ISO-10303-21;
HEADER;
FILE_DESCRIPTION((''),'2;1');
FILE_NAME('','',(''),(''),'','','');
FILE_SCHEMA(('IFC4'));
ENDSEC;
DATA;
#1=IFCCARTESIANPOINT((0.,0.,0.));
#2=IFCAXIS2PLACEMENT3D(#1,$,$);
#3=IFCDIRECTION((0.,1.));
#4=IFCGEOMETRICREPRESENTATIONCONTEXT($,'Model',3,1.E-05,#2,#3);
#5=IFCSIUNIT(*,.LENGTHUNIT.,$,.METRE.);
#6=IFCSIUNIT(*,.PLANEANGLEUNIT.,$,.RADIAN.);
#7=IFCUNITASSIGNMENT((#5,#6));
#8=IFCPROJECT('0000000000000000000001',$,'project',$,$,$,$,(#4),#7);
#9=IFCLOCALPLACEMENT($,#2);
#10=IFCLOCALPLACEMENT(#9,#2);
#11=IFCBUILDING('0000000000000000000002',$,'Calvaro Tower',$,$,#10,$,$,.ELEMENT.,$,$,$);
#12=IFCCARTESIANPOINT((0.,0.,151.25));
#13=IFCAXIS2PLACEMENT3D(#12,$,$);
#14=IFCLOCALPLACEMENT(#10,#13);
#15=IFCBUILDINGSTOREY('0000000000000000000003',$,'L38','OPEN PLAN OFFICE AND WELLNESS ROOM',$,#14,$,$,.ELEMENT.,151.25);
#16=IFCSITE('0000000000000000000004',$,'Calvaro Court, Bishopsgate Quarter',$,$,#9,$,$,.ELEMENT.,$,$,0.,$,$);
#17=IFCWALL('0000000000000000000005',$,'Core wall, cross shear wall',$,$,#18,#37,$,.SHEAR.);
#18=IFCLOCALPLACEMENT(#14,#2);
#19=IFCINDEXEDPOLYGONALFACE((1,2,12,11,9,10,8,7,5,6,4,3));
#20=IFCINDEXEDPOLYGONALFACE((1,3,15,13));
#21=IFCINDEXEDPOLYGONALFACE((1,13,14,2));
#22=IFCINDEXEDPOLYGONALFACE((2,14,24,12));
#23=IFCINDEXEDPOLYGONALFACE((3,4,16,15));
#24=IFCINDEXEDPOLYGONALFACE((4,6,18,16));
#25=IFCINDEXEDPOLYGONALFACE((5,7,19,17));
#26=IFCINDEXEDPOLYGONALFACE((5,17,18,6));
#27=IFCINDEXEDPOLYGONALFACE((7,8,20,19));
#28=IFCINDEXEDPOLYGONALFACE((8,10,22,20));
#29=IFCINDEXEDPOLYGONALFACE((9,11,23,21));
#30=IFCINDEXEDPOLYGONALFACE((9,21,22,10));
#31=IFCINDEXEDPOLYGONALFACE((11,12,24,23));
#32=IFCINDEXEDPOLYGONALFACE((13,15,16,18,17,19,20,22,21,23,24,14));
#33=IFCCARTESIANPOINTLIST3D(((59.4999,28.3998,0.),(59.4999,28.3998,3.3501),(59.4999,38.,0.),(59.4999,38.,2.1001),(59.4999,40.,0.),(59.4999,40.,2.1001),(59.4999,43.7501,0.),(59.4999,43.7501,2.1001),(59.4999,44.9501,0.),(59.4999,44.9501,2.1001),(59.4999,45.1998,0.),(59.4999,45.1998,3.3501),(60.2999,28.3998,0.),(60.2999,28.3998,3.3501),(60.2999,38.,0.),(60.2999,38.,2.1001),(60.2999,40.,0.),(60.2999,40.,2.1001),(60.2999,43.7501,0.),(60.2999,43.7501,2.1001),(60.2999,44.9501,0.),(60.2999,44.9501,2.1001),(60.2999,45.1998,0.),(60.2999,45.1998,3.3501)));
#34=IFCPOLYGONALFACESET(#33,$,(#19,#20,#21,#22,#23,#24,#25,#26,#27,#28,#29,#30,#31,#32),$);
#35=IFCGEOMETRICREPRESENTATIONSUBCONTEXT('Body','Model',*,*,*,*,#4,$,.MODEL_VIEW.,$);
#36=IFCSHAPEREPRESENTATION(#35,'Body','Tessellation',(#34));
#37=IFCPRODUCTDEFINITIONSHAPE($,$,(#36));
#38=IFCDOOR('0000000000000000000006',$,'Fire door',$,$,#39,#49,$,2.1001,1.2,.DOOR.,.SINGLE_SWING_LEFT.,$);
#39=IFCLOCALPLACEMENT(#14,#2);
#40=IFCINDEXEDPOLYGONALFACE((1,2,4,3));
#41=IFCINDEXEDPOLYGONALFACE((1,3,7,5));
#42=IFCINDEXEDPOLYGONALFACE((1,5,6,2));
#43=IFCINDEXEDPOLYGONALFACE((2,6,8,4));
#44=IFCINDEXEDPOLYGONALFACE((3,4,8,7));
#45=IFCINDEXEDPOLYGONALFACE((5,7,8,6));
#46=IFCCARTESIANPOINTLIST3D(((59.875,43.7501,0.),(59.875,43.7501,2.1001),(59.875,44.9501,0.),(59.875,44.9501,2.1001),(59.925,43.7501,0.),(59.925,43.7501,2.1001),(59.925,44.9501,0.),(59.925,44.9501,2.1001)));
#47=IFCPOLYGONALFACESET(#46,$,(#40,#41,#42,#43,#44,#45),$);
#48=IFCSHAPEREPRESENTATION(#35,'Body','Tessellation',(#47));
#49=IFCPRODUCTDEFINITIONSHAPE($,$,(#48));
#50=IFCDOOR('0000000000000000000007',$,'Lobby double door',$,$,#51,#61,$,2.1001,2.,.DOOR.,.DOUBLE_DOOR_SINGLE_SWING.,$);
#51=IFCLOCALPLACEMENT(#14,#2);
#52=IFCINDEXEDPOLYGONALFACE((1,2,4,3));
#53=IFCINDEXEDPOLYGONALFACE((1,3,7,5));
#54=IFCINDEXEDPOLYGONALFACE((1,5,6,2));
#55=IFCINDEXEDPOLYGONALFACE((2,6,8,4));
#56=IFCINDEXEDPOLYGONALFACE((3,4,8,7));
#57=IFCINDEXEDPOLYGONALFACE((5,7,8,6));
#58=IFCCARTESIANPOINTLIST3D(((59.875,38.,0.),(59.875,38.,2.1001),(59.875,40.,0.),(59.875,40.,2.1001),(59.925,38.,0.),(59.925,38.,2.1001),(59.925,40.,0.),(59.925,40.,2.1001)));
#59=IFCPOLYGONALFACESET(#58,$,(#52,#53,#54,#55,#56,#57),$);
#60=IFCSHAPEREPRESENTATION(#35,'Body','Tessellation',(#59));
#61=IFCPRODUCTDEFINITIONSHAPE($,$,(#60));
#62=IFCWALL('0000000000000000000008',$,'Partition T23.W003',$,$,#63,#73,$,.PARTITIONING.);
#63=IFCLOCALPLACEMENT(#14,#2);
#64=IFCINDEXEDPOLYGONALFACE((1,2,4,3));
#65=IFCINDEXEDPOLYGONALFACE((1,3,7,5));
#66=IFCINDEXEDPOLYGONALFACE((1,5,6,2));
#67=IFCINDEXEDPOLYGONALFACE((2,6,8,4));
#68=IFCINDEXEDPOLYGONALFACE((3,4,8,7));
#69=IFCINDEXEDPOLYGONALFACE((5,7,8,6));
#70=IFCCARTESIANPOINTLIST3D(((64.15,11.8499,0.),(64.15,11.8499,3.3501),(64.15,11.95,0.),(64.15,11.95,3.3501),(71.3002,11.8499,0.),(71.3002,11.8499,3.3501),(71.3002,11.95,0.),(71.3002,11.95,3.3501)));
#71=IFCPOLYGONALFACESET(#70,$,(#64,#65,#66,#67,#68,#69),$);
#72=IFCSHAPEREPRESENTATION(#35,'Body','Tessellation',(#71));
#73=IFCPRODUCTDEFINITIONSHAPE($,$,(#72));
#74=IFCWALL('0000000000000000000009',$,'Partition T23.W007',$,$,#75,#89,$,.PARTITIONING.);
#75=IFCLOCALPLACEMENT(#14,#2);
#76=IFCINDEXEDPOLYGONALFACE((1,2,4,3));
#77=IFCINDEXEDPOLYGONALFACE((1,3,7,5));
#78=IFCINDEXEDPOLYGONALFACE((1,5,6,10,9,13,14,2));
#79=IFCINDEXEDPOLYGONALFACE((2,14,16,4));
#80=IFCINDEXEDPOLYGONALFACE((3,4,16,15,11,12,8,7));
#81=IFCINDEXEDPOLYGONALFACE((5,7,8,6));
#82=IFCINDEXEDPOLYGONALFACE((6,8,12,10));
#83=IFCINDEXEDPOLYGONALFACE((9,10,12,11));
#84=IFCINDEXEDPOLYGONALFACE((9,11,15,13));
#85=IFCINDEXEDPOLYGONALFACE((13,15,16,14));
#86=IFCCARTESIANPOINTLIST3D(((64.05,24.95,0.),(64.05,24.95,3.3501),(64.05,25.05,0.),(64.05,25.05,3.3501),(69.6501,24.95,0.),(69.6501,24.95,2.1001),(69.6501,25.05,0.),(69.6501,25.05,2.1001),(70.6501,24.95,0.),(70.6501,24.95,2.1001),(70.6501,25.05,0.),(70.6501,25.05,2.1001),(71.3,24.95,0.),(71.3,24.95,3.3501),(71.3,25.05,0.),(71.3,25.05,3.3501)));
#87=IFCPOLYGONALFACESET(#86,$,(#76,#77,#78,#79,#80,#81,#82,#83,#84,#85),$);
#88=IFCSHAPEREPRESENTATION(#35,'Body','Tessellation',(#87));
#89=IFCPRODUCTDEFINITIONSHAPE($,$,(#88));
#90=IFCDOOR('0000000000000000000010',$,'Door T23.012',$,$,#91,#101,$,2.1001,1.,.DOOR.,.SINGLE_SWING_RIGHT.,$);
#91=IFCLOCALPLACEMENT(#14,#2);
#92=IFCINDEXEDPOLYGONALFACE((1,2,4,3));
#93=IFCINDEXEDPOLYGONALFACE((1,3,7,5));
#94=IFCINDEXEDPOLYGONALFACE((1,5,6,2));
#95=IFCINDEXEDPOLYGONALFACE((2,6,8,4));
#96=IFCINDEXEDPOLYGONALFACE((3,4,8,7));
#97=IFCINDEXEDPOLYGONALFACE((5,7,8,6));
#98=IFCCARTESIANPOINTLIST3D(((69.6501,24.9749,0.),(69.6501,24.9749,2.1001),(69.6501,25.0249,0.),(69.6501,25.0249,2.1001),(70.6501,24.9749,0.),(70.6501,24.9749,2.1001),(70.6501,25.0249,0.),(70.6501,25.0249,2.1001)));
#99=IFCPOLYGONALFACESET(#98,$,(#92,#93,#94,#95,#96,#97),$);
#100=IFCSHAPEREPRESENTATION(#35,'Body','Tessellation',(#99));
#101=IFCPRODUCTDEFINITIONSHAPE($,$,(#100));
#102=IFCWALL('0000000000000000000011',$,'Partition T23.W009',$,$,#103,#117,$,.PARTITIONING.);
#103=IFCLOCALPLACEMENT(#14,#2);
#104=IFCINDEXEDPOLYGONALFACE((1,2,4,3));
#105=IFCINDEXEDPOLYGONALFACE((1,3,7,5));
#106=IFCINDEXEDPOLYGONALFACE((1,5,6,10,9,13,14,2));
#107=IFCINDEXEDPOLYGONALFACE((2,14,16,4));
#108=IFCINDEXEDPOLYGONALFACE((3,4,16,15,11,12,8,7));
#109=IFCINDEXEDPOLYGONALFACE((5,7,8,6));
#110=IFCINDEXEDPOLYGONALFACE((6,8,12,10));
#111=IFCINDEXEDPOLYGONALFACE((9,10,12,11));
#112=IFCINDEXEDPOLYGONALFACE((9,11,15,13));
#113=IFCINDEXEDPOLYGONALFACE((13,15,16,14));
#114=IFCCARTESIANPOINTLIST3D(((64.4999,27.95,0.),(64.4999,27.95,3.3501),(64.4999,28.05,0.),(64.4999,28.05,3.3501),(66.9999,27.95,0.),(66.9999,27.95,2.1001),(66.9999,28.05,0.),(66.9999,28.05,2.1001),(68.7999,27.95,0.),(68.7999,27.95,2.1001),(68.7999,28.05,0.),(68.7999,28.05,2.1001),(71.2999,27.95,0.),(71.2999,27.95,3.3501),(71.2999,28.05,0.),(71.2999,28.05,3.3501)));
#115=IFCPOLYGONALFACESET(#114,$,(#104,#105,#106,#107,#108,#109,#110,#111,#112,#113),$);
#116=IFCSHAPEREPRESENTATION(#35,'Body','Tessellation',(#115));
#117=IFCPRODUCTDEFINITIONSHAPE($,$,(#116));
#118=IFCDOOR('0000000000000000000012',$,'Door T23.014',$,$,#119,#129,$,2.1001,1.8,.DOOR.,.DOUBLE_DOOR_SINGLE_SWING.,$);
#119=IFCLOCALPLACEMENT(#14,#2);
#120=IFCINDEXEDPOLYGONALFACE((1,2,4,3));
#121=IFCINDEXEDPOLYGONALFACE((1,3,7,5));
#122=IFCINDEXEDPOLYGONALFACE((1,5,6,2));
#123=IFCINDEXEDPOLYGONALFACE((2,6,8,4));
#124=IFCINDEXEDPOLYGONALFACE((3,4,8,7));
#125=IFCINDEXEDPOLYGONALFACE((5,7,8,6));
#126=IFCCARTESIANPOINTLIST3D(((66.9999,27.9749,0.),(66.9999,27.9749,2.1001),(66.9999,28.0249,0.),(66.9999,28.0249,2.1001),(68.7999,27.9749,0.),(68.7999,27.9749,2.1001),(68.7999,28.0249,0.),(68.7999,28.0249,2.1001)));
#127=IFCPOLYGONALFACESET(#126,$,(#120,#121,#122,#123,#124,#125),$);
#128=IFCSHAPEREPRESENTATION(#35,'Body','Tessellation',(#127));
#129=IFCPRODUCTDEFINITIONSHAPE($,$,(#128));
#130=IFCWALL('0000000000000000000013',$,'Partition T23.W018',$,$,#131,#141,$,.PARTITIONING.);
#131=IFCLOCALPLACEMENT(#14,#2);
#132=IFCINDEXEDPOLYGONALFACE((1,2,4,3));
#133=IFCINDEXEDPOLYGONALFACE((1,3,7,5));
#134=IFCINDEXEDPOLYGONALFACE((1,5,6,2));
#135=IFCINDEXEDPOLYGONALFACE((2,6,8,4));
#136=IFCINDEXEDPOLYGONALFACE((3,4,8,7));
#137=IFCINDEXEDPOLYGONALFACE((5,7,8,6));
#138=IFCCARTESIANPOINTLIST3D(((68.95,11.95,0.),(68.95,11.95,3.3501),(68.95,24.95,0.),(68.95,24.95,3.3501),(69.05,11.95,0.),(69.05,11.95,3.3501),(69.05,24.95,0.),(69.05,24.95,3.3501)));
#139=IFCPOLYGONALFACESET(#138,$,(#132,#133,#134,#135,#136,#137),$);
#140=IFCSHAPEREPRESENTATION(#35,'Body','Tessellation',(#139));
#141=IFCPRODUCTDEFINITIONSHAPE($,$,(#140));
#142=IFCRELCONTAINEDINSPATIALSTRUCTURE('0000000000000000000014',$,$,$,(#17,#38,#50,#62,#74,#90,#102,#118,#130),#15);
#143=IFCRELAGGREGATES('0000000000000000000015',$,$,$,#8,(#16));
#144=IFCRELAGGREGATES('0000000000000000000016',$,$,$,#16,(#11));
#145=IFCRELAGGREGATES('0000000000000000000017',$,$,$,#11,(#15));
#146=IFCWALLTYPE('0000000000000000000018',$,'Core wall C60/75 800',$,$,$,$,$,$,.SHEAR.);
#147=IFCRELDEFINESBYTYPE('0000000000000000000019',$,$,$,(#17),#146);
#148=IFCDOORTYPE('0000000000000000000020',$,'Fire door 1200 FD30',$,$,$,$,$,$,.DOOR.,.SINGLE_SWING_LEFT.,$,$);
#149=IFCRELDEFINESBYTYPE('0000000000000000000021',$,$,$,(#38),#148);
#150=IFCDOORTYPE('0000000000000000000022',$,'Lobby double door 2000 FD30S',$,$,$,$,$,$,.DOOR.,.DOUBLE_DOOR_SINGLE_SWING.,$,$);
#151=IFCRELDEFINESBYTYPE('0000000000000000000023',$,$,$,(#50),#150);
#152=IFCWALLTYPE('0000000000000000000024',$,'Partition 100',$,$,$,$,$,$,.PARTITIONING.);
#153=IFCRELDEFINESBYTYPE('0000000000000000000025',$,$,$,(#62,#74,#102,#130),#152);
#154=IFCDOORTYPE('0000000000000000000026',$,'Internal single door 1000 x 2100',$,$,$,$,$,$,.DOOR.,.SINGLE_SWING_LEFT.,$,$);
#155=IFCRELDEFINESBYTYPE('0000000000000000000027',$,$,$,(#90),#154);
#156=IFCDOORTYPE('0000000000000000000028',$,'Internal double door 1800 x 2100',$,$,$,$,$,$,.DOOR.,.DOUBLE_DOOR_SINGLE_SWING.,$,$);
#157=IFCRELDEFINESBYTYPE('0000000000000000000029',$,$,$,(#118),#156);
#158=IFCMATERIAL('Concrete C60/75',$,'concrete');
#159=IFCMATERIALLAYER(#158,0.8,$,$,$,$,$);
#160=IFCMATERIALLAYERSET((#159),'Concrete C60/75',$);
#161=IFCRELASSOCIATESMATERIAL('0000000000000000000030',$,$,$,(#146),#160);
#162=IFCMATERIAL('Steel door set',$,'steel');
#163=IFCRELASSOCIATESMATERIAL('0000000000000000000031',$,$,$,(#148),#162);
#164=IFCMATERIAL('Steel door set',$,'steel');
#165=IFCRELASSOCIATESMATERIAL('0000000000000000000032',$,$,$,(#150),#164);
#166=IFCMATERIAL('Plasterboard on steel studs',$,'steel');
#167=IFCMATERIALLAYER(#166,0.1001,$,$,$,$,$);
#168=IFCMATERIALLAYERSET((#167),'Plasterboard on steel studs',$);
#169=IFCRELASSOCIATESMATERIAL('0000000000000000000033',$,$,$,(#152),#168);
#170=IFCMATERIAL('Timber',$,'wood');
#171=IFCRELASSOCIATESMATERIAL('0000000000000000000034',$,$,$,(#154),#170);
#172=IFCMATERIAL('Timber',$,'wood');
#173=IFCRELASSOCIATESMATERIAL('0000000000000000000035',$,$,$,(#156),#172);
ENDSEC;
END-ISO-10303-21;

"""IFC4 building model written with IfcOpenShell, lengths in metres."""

from ifc_helpers import new_model, si_unit, direction, frame, frame_2d, origin, place, context, subcontext, project, spatial, rectangle, extrude, material, layer, layer_set, type_object, element, fill, save


model = new_model("IFC4")

# Units and contexts
model_context = context("Model", 3, precision=1e-05, world=origin(), true_north=direction((0.0, 1.0)))
body_context = subcontext(model_context, "Body", "Model", "MODEL_VIEW")
ifc_project = project(units=[si_unit("LENGTHUNIT", "METRE"), si_unit("PLANEANGLEUNIT", "RADIAN")], contexts=[model_context])

# Site, building, storey
site_placement = place(None, origin())
site = spatial("IfcSite", under=ifc_project, at=site_placement, Name="Calvaro Court, Bishopsgate Quarter", CompositionType="ELEMENT", RefElevation=0.0)
building_placement = place(site_placement, origin())
building = spatial("IfcBuilding", under=site, at=building_placement, Name="Calvaro Tower", CompositionType="ELEMENT")
storey_placement = place(building_placement, frame((0.0, 0.0, 151.25)))
storey = spatial("IfcBuildingStorey", under=building, at=storey_placement, Name="L38", Description="OPEN PLAN OFFICE AND WELLNESS ROOM", CompositionType="ELEMENT", Elevation=151.25)

# Wall, openings, doors
ifc_material_1 = material(Name="Concrete C60/75", Category="concrete")
ifc_layer_1 = layer(ifc_material_1, 0.8)
ifc_layer_set_1 = layer_set([ifc_layer_1], Name="Concrete C60/75")
wall_type_1 = type_object("IfcWallType", Name="Core wall C60/75 800", PredefinedType="SHEAR", material=ifc_layer_set_1)
wall_1_placement = place(storey_placement, frame((59.8999, 28.3999, 0.0), z_axis=(0.0, 0.0, 1.0), x_axis=(0.0, 1.0, 0.0)))
wall_1 = element("IfcWall", 1, at=wall_1_placement, inside=storey, type_object=wall_type_1, Name="Core wall, cross shear wall", PredefinedType="SHEAR", context=body_context, shape_type="SweptSolid", body=[
    extrude(rectangle(XDim=16.8, YDim=0.8, at=frame_2d((8.3999, 0.0))), origin(), (0.0, 0.0, 1.0), 3.3501),
])
opening_1_placement = place(wall_1_placement, frame((9.6001, 0.0, 0.0)))
opening_1 = element("IfcOpeningElement", 2, at=opening_1_placement, cuts=wall_1, PredefinedType="OPENING", context=body_context, shape_type="SweptSolid", body=[
    extrude(rectangle(XDim=2.0, YDim=2.1001, at=frame_2d((1.0, 1.05))), frame((0.0, 0.4099, 0.0), z_axis=(0.0, -1.0, 0.0), x_axis=(1.0, 0.0, 0.0)), (0.0, 0.0, 1.0), 0.8201),
])
opening_2_placement = place(wall_1_placement, frame((15.3501, 0.0, 0.0)))
opening_2 = element("IfcOpeningElement", 3, at=opening_2_placement, cuts=wall_1, PredefinedType="OPENING", context=body_context, shape_type="SweptSolid", body=[
    extrude(rectangle(XDim=1.2, YDim=2.1001, at=frame_2d((0.6001, 1.05))), frame((0.0, 0.4099, 0.0), z_axis=(0.0, -1.0, 0.0), x_axis=(1.0, 0.0, 0.0)), (0.0, 0.0, 1.0), 0.8201),
])
ifc_material_2 = material(Name="Steel door set", Category="steel")
door_type_1 = type_object("IfcDoorType", Name="Fire door 1200 FD30", OperationType="SINGLE_SWING_LEFT", PredefinedType="DOOR", material=ifc_material_2)
door_1_placement = place(opening_2_placement, origin())
door_1 = element("IfcDoor", 4, at=door_1_placement, inside=storey, type_object=door_type_1, Name="Fire door", OperationType="SINGLE_SWING_LEFT", OverallHeight=2.1001, OverallWidth=1.2, PredefinedType="DOOR", context=body_context, shape_type="SweptSolid", body=[
    extrude(rectangle(XDim=1.2, YDim=2.1001, at=frame_2d((0.6001, 1.05))), frame((0.0, 0.0249, 0.0), z_axis=(0.0, -1.0, 0.0), x_axis=(1.0, 0.0, 0.0)), (0.0, 0.0, 1.0), 0.05),
])
fill(opening_2, door_1)
ifc_material_3 = material(Name="Steel door set", Category="steel")
door_type_2 = type_object("IfcDoorType", Name="Lobby double door 2000 FD30S", OperationType="DOUBLE_DOOR_SINGLE_SWING", PredefinedType="DOOR", material=ifc_material_3)
door_2_placement = place(opening_1_placement, origin())
door_2 = element("IfcDoor", 5, at=door_2_placement, inside=storey, type_object=door_type_2, Name="Lobby double door", OperationType="DOUBLE_DOOR_SINGLE_SWING", OverallHeight=2.1001, OverallWidth=2.0, PredefinedType="DOOR", context=body_context, shape_type="SweptSolid", body=[
    extrude(rectangle(XDim=2.0, YDim=2.1001, at=frame_2d((1.0, 1.05))), frame((0.0, 0.0249, 0.0), z_axis=(0.0, -1.0, 0.0), x_axis=(1.0, 0.0, 0.0)), (0.0, 0.0, 1.0), 0.05),
])
fill(opening_1, door_2)

# Wall
ifc_material_4 = material(Name="Plasterboard on steel studs", Category="steel")
ifc_layer_2 = layer(ifc_material_4, 0.1001)
ifc_layer_set_2 = layer_set([ifc_layer_2], Name="Plasterboard on steel studs")
wall_type_2 = type_object("IfcWallType", Name="Partition 100", PredefinedType="PARTITIONING", material=ifc_layer_set_2)
wall_2_placement = place(storey_placement, frame((64.1499, 11.8999, 0.0), z_axis=(0.0, 0.0, 1.0), x_axis=(1.0, 0.0, 0.0)))
element("IfcWall", 6, at=wall_2_placement, inside=storey, type_object=wall_type_2, Name="Partition T23.W003", PredefinedType="PARTITIONING", context=body_context, shape_type="SweptSolid", body=[
    extrude(rectangle(XDim=7.1501, YDim=0.1001, at=frame_2d((3.5752, 0.0))), origin(), (0.0, 0.0, 1.0), 3.3501),
])

# Walls, openings, doors
wall_3_placement = place(storey_placement, frame((64.05, 25.0, 0.0), z_axis=(0.0, 0.0, 1.0), x_axis=(1.0, 0.0, 0.0)))
wall_3 = element("IfcWall", 7, at=wall_3_placement, inside=storey, type_object=wall_type_2, Name="Partition T23.W007", PredefinedType="PARTITIONING", context=body_context, shape_type="SweptSolid", body=[
    extrude(rectangle(XDim=7.25, YDim=0.1001, at=frame_2d((3.625, 0.0))), origin(), (0.0, 0.0, 1.0), 3.3501),
])
opening_3_placement = place(wall_3_placement, frame((5.6001, 0.0, 0.0)))
opening_3 = element("IfcOpeningElement", 8, at=opening_3_placement, cuts=wall_3, PredefinedType="OPENING", context=body_context, shape_type="SweptSolid", body=[
    extrude(rectangle(XDim=1.0, YDim=2.1001, at=frame_2d((0.5, 1.05))), frame((0.0, 0.0601, 0.0), z_axis=(0.0, -1.0, 0.0), x_axis=(1.0, 0.0, 0.0)), (0.0, 0.0, 1.0), 0.1201),
])
ifc_material_5 = material(Name="Timber", Category="wood")
door_type_3 = type_object("IfcDoorType", Name="Internal single door 1000 x 2100", OperationType="SINGLE_SWING_LEFT", PredefinedType="DOOR", material=ifc_material_5)
door_3_placement = place(opening_3_placement, origin())
door_3 = element("IfcDoor", 9, at=door_3_placement, inside=storey, type_object=door_type_3, Name="Door T23.012", OperationType="SINGLE_SWING_RIGHT", OverallHeight=2.1001, OverallWidth=1.0, PredefinedType="DOOR", context=body_context, shape_type="SweptSolid", body=[
    extrude(rectangle(XDim=1.0, YDim=2.1001, at=frame_2d((0.5, 1.05))), frame((0.0, 0.0249, 0.0), z_axis=(0.0, -1.0, 0.0), x_axis=(1.0, 0.0, 0.0)), (0.0, 0.0, 1.0), 0.05),
])
fill(opening_3, door_3)
wall_4_placement = place(storey_placement, frame((64.5, 28.0, 0.0), z_axis=(0.0, 0.0, 1.0), x_axis=(1.0, 0.0, 0.0)))
wall_4 = element("IfcWall", 10, at=wall_4_placement, inside=storey, type_object=wall_type_2, Name="Partition T23.W009", PredefinedType="PARTITIONING", context=body_context, shape_type="SweptSolid", body=[
    extrude(rectangle(XDim=6.8, YDim=0.1001, at=frame_2d((3.3999, 0.0))), origin(), (0.0, 0.0, 1.0), 3.3501),
])
opening_4_placement = place(wall_4_placement, frame((2.5, 0.0, 0.0)))
opening_4 = element("IfcOpeningElement", 11, at=opening_4_placement, cuts=wall_4, PredefinedType="OPENING", context=body_context, shape_type="SweptSolid", body=[
    extrude(rectangle(XDim=1.8, YDim=2.1001, at=frame_2d((0.8999, 1.05))), frame((0.0, 0.0601, 0.0), z_axis=(0.0, -1.0, 0.0), x_axis=(1.0, 0.0, 0.0)), (0.0, 0.0, 1.0), 0.1201),
])
ifc_material_6 = material(Name="Timber", Category="wood")
door_type_4 = type_object("IfcDoorType", Name="Internal double door 1800 x 2100", OperationType="DOUBLE_DOOR_SINGLE_SWING", PredefinedType="DOOR", material=ifc_material_6)
door_4_placement = place(opening_4_placement, origin())
door_4 = element("IfcDoor", 12, at=door_4_placement, inside=storey, type_object=door_type_4, Name="Door T23.014", OperationType="DOUBLE_DOOR_SINGLE_SWING", OverallHeight=2.1001, OverallWidth=1.8, PredefinedType="DOOR", context=body_context, shape_type="SweptSolid", body=[
    extrude(rectangle(XDim=1.8, YDim=2.1001, at=frame_2d((0.8999, 1.05))), frame((0.0, 0.0249, 0.0), z_axis=(0.0, -1.0, 0.0), x_axis=(1.0, 0.0, 0.0)), (0.0, 0.0, 1.0), 0.05),
])
fill(opening_4, door_4)

# Wall
wall_5_placement = place(storey_placement, frame((69.0, 11.95, 0.0), z_axis=(0.0, 0.0, 1.0), x_axis=(0.0, 1.0, 0.0)))
element("IfcWall", 13, at=wall_5_placement, inside=storey, type_object=wall_type_2, Name="Partition T23.W018", PredefinedType="PARTITIONING", context=body_context, shape_type="SweptSolid", body=[
    extrude(rectangle(XDim=13.0, YDim=0.1001, at=frame_2d((6.5, 0.0))), origin(), (0.0, 0.0, 1.0), 3.3501),
])

save(model, "model.ifc")
